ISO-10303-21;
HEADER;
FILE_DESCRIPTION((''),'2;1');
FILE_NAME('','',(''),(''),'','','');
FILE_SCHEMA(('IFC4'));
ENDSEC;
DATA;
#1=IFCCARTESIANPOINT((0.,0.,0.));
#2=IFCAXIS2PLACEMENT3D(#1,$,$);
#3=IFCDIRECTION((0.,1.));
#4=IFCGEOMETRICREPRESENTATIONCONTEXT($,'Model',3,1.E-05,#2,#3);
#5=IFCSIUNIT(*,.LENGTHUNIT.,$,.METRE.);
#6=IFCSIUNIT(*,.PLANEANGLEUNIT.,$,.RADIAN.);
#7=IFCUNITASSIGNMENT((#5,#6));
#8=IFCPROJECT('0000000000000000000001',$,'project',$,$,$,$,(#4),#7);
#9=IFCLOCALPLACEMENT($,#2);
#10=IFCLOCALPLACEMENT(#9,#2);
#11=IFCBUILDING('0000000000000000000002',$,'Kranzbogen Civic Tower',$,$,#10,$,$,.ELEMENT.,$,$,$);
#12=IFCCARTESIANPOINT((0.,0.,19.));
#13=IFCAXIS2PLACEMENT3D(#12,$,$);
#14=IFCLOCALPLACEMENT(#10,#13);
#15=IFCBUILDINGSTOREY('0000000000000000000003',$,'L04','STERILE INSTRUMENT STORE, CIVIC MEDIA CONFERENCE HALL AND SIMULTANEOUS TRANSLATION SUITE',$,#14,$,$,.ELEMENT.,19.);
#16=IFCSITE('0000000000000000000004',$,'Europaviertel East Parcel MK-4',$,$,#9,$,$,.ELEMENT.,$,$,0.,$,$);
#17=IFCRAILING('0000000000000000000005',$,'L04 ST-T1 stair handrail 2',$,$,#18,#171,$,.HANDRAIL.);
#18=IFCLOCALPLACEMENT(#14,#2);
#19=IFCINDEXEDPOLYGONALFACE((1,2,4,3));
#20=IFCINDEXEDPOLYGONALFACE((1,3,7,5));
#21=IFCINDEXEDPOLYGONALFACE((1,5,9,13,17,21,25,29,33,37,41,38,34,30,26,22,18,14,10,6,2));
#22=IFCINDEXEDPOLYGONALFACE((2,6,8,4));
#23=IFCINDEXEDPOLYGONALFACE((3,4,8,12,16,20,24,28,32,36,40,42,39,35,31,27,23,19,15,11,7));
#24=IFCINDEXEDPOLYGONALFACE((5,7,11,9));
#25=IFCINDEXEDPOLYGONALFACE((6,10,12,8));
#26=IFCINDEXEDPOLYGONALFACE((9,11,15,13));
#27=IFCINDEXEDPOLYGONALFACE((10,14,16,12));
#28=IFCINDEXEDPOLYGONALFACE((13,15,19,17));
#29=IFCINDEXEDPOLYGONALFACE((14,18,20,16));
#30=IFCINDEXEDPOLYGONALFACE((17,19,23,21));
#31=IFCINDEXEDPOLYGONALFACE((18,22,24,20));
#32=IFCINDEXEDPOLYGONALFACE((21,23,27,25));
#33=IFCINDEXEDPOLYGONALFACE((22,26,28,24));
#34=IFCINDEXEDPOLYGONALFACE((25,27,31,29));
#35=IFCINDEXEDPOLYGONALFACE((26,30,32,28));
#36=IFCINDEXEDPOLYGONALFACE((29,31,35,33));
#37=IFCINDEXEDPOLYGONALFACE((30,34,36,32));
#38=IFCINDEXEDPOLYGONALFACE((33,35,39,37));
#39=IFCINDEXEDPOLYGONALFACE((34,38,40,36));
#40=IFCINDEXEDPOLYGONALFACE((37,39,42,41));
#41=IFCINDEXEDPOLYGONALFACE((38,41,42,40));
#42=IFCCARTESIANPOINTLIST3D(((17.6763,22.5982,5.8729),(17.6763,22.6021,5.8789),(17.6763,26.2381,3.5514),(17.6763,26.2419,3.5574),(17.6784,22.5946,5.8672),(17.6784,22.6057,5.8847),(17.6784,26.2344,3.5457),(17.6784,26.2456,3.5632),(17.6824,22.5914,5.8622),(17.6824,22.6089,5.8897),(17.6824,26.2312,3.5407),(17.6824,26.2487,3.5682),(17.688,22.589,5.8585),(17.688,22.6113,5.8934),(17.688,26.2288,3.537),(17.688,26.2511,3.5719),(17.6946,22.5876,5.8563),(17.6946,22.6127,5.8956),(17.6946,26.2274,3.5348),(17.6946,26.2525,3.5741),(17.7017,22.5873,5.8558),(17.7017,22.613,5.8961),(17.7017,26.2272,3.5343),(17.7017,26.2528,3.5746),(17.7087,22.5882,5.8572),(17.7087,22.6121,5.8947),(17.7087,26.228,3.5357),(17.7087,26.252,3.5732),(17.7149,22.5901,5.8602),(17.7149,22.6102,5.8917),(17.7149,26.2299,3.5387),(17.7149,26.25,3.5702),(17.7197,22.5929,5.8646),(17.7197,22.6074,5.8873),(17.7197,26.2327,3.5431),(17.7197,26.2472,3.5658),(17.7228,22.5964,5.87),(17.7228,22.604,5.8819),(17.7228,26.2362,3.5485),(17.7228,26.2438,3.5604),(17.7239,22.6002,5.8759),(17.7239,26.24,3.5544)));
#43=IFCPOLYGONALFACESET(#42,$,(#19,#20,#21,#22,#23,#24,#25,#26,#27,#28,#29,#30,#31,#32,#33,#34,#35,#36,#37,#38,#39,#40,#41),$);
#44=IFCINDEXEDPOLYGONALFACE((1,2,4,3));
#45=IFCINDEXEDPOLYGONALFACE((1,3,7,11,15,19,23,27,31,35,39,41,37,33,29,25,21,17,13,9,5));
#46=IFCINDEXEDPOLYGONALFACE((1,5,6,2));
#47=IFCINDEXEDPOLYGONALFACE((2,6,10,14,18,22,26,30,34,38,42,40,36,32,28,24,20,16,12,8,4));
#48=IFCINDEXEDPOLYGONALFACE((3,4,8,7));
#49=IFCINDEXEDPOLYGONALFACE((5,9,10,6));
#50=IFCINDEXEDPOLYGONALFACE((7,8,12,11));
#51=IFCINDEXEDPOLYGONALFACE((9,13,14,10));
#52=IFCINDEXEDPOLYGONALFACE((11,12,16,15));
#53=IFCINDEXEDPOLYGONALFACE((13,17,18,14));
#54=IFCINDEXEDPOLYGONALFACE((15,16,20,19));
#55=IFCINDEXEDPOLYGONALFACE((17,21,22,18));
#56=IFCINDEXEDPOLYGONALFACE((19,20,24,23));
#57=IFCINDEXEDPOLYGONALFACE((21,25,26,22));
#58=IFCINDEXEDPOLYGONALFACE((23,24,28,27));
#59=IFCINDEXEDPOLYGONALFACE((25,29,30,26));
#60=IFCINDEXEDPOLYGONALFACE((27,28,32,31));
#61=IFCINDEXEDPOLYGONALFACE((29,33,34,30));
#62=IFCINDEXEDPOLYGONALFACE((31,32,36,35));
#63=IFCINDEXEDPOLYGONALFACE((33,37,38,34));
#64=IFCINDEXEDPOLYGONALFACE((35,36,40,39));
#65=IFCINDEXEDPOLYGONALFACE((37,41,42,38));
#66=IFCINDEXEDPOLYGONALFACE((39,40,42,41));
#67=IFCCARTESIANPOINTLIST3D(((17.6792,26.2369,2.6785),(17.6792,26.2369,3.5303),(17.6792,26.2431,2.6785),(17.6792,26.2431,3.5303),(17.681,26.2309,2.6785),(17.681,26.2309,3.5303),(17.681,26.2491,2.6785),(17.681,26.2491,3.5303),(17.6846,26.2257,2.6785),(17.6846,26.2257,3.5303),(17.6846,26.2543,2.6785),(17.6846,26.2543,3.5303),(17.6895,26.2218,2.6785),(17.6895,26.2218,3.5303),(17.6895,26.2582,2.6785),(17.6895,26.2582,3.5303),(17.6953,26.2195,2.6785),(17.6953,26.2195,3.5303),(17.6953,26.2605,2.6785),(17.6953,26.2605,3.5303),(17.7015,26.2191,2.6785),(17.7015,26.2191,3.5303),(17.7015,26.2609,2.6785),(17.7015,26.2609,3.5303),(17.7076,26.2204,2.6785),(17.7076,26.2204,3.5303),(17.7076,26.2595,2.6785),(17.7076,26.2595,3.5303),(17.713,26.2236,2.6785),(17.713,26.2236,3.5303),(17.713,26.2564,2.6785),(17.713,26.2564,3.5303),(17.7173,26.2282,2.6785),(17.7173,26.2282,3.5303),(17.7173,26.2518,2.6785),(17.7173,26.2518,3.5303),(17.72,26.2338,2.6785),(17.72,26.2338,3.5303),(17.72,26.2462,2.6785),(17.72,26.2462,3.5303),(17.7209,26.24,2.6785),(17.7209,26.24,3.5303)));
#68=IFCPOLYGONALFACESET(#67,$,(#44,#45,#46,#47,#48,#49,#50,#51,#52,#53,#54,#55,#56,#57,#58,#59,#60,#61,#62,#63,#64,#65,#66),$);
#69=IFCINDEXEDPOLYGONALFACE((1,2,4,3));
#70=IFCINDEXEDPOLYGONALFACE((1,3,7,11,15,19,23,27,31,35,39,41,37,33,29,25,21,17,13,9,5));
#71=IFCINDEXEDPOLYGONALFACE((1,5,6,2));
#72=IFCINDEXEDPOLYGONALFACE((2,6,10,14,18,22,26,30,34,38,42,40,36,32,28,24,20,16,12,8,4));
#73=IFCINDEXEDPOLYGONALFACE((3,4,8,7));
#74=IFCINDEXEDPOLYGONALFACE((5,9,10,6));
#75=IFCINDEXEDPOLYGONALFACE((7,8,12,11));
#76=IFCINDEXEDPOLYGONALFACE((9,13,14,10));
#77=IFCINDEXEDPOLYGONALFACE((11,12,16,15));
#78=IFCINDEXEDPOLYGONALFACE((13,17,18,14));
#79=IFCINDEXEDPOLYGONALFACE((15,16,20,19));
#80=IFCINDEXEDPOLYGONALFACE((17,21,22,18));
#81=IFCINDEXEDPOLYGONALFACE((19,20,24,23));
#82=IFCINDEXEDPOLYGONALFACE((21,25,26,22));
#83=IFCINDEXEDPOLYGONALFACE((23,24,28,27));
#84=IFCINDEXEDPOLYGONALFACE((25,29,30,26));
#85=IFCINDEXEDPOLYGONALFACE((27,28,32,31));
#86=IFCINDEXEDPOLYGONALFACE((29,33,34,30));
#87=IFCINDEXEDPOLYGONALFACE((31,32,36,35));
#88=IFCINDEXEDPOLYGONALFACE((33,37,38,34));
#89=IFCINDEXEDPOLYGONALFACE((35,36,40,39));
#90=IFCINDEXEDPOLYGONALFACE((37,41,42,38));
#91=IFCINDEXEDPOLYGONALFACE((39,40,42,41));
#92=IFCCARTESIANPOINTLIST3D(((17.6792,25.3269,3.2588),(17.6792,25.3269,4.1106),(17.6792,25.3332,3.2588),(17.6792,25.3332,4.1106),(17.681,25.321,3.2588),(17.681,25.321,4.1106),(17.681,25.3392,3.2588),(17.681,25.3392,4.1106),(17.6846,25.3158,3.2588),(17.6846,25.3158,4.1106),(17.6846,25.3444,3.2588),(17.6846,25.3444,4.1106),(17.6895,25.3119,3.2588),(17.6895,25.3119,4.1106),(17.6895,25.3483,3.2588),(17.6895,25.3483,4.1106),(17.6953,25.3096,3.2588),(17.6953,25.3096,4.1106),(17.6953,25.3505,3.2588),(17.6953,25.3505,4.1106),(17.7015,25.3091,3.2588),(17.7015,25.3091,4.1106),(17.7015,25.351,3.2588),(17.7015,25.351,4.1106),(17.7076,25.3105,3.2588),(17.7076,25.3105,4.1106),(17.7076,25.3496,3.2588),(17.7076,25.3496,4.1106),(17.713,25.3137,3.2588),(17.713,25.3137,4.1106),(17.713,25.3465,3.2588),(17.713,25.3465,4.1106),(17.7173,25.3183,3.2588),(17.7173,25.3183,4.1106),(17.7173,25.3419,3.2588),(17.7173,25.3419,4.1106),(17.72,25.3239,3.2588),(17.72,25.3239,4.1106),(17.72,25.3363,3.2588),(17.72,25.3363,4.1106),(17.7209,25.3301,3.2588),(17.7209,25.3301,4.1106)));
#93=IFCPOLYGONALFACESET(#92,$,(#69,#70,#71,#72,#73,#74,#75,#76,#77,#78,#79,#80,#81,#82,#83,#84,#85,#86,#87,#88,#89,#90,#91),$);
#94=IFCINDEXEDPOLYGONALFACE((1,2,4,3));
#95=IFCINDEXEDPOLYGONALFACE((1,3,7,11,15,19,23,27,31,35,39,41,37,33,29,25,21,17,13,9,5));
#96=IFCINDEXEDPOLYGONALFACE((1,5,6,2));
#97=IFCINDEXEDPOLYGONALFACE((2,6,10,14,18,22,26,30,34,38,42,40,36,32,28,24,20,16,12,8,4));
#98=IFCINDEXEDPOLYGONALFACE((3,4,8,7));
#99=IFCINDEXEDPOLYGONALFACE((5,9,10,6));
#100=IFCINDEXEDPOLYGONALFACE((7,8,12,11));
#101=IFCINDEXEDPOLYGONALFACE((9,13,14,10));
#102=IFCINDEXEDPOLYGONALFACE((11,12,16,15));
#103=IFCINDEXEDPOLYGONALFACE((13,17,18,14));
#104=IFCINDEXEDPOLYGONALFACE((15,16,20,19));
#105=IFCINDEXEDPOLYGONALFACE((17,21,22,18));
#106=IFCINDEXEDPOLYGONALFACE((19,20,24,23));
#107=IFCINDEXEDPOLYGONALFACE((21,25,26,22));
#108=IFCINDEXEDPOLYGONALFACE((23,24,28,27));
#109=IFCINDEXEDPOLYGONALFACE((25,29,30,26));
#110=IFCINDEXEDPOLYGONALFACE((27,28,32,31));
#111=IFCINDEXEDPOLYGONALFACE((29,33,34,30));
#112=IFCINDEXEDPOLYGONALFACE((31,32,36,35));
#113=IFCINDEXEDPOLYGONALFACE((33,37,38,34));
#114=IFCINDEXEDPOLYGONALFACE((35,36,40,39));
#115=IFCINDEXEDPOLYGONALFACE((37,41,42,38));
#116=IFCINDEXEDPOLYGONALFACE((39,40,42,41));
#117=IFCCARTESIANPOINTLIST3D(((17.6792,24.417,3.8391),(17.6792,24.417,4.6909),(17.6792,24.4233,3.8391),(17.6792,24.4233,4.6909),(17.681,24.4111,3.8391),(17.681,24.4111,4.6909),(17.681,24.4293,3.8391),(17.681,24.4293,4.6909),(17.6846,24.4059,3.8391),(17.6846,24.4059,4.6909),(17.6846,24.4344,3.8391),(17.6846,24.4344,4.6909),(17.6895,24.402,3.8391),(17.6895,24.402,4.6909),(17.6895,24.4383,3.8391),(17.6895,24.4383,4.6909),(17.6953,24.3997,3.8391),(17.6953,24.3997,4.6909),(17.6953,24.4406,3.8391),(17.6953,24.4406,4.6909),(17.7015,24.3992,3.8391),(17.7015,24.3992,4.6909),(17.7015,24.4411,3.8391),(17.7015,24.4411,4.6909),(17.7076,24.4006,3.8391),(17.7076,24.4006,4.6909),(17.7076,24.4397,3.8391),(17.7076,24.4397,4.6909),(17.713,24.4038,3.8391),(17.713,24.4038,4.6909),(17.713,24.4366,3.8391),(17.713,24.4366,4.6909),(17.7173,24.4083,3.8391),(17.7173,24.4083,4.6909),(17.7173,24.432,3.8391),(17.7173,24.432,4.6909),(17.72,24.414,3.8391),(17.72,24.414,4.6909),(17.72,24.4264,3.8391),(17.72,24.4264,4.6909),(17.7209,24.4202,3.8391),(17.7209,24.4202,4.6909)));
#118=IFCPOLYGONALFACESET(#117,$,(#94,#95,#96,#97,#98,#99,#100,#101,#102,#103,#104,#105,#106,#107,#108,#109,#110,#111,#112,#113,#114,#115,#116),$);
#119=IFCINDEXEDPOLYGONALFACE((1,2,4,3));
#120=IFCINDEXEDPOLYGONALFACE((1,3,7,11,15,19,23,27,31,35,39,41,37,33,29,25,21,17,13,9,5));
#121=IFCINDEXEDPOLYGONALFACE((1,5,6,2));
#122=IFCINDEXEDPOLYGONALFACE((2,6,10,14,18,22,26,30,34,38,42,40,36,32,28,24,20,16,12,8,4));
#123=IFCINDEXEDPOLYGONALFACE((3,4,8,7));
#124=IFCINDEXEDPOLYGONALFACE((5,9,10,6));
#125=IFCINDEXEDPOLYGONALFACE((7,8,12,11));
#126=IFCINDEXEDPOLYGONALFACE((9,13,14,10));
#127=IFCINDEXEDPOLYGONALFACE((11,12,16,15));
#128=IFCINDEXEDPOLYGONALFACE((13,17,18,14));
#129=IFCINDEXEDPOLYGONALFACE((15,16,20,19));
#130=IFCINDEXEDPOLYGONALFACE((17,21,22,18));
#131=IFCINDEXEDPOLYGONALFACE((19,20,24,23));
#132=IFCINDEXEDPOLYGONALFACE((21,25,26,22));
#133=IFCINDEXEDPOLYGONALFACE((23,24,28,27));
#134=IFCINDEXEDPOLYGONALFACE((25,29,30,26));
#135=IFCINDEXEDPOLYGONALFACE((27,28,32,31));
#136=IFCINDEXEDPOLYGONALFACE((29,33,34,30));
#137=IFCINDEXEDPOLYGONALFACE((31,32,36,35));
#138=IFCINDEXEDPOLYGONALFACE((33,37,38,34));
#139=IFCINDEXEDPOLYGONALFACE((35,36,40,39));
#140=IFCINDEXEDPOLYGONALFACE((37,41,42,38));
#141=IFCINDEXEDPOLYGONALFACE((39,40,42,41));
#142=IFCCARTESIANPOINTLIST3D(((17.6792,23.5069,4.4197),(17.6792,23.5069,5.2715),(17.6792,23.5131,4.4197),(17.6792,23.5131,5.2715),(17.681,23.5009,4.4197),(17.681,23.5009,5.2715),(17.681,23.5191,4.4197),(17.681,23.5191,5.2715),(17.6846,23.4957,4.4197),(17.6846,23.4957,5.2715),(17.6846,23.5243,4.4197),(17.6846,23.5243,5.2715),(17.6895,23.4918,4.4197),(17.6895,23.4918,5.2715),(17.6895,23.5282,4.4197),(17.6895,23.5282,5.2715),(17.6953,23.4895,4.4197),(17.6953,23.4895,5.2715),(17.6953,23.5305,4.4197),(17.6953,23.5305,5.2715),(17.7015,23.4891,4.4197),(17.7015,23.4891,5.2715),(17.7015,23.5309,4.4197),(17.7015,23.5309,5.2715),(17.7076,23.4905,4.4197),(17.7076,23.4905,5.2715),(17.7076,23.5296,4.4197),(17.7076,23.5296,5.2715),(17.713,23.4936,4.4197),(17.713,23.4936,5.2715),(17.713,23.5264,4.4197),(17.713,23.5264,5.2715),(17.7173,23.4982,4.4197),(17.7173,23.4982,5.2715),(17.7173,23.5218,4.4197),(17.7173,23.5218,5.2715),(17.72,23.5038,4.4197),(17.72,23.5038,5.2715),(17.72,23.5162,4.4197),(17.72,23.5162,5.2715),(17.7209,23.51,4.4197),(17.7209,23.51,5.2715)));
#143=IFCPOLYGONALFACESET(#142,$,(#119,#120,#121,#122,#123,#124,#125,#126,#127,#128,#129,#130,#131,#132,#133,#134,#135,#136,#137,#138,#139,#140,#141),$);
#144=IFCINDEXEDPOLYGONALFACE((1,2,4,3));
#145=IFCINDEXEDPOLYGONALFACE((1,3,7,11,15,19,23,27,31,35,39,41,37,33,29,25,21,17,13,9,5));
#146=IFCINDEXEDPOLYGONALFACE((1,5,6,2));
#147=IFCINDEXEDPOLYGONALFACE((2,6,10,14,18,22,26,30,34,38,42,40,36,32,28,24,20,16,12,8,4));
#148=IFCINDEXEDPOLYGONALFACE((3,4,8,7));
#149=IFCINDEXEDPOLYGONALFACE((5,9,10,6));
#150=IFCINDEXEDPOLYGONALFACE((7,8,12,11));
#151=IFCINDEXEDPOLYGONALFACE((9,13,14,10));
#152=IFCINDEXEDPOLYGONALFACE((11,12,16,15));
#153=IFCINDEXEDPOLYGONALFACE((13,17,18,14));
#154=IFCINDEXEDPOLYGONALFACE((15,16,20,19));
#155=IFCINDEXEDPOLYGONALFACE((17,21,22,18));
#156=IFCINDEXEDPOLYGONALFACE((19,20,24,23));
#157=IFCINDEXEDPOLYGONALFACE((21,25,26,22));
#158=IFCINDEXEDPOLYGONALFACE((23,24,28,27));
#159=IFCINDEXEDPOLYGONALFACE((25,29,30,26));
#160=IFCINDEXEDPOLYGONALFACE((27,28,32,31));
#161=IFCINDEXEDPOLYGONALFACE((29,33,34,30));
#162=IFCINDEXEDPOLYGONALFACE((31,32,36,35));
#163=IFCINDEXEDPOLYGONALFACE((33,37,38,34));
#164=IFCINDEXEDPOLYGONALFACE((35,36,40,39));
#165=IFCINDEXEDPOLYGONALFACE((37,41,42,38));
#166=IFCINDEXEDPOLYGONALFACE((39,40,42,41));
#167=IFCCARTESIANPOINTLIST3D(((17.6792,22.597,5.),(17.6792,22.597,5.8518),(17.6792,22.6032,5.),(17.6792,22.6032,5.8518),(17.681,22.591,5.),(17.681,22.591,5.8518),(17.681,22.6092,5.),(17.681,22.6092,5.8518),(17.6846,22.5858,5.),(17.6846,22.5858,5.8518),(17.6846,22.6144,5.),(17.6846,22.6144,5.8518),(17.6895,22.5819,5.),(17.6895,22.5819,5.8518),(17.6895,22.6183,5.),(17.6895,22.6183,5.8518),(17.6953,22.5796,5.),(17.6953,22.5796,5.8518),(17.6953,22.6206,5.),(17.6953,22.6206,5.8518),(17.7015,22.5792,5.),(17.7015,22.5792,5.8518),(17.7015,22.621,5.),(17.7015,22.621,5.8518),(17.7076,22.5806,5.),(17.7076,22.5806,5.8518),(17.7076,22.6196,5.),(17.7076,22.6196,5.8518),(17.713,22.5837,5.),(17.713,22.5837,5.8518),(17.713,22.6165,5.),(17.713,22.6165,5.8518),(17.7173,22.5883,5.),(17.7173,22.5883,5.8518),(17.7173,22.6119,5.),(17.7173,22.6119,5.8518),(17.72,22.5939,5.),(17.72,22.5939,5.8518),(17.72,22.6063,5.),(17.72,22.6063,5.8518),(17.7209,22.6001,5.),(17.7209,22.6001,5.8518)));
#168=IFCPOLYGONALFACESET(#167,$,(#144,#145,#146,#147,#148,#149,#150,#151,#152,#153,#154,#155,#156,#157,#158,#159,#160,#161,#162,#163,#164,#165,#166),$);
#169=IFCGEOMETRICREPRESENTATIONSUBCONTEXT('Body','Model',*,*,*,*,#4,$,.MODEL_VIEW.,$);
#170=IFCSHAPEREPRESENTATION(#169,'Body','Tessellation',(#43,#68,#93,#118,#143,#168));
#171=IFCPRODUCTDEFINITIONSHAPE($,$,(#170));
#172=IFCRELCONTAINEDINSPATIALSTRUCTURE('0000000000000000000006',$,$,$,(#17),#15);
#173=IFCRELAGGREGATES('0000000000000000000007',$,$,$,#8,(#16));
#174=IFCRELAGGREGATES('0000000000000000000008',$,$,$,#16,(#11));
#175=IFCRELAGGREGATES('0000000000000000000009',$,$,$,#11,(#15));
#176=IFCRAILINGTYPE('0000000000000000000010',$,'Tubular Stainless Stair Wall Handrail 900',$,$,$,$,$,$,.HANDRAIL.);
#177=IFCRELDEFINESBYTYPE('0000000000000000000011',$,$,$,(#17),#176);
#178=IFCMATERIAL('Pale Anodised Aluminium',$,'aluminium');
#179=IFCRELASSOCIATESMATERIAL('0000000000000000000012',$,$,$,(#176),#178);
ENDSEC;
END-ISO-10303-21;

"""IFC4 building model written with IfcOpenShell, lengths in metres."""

from ifc_helpers import new_model, si_unit, direction, frame, origin, origin_2d, place, context, subcontext, project, spatial, circle, extrude, material, type_object, element, save


model = new_model("IFC4")

# Units and contexts
model_context = context("Model", 3, precision=1e-05, world=origin(), true_north=direction((0.0, 1.0)))
body_context = subcontext(model_context, "Body", "Model", "MODEL_VIEW")
ifc_project = project(units=[si_unit("LENGTHUNIT", "METRE"), si_unit("PLANEANGLEUNIT", "RADIAN")], contexts=[model_context])

# Site, building, storey
site_placement = place(None, origin())
site = spatial("IfcSite", under=ifc_project, at=site_placement, Name="Europaviertel East Parcel MK-4", CompositionType="ELEMENT", RefElevation=0.0)
building_placement = place(site_placement, origin())
building = spatial("IfcBuilding", under=site, at=building_placement, Name="Kranzbogen Civic Tower", CompositionType="ELEMENT")
storey_placement = place(building_placement, frame((0.0, 0.0, 19.0)))
storey = spatial("IfcBuildingStorey", under=building, at=storey_placement, Name="L04", Description="STERILE INSTRUMENT STORE, CIVIC MEDIA CONFERENCE HALL AND SIMULTANEOUS TRANSLATION SUITE", CompositionType="ELEMENT", Elevation=19.0)

# Shared definitions
ifc_material_1 = material(Name="Pale Anodised Aluminium", Category="aluminium")

# Railing
railing_type_1 = type_object("IfcRailingType", Name="Tubular Stainless Stair Wall Handrail 900", PredefinedType="HANDRAIL", material=ifc_material_1)
railing_1_placement = place(storey_placement, frame((17.7, 26.24, 2.6785)))
element("IfcRailing", 1, at=railing_1_placement, inside=storey, type_object=railing_type_1, Name="L04 ST-T1 stair handrail 2", PredefinedType="HANDRAIL", context=body_context, shape_type="SweptSolid", body=[
    extrude(circle(Radius=0.0239, at=origin_2d()), frame((0.0, 0.0, 0.876), z_axis=(0.0, -0.843112, 0.537739), x_axis=(1.0, 0.0, 0.0)), (0.0, 0.0, 1.0), 4.3171),
    extrude(circle(Radius=0.021, at=origin_2d()), origin(), (0.0, 0.0, 1.0), 0.8518),
    extrude(circle(Radius=0.021, at=origin_2d()), frame((0.0, -0.9099, 0.5803)), (0.0, 0.0, 1.0), 0.8518),
    extrude(circle(Radius=0.021, at=origin_2d()), frame((0.0, -1.8198, 1.1606)), (0.0, 0.0, 1.0), 0.8518),
    extrude(circle(Radius=0.021, at=origin_2d()), frame((0.0, -2.73, 1.7412)), (0.0, 0.0, 1.0), 0.8518),
    extrude(circle(Radius=0.021, at=origin_2d()), frame((0.0, -3.6399, 2.3215)), (0.0, 0.0, 1.0), 0.8518),
])

save(model, "model.ifc")
